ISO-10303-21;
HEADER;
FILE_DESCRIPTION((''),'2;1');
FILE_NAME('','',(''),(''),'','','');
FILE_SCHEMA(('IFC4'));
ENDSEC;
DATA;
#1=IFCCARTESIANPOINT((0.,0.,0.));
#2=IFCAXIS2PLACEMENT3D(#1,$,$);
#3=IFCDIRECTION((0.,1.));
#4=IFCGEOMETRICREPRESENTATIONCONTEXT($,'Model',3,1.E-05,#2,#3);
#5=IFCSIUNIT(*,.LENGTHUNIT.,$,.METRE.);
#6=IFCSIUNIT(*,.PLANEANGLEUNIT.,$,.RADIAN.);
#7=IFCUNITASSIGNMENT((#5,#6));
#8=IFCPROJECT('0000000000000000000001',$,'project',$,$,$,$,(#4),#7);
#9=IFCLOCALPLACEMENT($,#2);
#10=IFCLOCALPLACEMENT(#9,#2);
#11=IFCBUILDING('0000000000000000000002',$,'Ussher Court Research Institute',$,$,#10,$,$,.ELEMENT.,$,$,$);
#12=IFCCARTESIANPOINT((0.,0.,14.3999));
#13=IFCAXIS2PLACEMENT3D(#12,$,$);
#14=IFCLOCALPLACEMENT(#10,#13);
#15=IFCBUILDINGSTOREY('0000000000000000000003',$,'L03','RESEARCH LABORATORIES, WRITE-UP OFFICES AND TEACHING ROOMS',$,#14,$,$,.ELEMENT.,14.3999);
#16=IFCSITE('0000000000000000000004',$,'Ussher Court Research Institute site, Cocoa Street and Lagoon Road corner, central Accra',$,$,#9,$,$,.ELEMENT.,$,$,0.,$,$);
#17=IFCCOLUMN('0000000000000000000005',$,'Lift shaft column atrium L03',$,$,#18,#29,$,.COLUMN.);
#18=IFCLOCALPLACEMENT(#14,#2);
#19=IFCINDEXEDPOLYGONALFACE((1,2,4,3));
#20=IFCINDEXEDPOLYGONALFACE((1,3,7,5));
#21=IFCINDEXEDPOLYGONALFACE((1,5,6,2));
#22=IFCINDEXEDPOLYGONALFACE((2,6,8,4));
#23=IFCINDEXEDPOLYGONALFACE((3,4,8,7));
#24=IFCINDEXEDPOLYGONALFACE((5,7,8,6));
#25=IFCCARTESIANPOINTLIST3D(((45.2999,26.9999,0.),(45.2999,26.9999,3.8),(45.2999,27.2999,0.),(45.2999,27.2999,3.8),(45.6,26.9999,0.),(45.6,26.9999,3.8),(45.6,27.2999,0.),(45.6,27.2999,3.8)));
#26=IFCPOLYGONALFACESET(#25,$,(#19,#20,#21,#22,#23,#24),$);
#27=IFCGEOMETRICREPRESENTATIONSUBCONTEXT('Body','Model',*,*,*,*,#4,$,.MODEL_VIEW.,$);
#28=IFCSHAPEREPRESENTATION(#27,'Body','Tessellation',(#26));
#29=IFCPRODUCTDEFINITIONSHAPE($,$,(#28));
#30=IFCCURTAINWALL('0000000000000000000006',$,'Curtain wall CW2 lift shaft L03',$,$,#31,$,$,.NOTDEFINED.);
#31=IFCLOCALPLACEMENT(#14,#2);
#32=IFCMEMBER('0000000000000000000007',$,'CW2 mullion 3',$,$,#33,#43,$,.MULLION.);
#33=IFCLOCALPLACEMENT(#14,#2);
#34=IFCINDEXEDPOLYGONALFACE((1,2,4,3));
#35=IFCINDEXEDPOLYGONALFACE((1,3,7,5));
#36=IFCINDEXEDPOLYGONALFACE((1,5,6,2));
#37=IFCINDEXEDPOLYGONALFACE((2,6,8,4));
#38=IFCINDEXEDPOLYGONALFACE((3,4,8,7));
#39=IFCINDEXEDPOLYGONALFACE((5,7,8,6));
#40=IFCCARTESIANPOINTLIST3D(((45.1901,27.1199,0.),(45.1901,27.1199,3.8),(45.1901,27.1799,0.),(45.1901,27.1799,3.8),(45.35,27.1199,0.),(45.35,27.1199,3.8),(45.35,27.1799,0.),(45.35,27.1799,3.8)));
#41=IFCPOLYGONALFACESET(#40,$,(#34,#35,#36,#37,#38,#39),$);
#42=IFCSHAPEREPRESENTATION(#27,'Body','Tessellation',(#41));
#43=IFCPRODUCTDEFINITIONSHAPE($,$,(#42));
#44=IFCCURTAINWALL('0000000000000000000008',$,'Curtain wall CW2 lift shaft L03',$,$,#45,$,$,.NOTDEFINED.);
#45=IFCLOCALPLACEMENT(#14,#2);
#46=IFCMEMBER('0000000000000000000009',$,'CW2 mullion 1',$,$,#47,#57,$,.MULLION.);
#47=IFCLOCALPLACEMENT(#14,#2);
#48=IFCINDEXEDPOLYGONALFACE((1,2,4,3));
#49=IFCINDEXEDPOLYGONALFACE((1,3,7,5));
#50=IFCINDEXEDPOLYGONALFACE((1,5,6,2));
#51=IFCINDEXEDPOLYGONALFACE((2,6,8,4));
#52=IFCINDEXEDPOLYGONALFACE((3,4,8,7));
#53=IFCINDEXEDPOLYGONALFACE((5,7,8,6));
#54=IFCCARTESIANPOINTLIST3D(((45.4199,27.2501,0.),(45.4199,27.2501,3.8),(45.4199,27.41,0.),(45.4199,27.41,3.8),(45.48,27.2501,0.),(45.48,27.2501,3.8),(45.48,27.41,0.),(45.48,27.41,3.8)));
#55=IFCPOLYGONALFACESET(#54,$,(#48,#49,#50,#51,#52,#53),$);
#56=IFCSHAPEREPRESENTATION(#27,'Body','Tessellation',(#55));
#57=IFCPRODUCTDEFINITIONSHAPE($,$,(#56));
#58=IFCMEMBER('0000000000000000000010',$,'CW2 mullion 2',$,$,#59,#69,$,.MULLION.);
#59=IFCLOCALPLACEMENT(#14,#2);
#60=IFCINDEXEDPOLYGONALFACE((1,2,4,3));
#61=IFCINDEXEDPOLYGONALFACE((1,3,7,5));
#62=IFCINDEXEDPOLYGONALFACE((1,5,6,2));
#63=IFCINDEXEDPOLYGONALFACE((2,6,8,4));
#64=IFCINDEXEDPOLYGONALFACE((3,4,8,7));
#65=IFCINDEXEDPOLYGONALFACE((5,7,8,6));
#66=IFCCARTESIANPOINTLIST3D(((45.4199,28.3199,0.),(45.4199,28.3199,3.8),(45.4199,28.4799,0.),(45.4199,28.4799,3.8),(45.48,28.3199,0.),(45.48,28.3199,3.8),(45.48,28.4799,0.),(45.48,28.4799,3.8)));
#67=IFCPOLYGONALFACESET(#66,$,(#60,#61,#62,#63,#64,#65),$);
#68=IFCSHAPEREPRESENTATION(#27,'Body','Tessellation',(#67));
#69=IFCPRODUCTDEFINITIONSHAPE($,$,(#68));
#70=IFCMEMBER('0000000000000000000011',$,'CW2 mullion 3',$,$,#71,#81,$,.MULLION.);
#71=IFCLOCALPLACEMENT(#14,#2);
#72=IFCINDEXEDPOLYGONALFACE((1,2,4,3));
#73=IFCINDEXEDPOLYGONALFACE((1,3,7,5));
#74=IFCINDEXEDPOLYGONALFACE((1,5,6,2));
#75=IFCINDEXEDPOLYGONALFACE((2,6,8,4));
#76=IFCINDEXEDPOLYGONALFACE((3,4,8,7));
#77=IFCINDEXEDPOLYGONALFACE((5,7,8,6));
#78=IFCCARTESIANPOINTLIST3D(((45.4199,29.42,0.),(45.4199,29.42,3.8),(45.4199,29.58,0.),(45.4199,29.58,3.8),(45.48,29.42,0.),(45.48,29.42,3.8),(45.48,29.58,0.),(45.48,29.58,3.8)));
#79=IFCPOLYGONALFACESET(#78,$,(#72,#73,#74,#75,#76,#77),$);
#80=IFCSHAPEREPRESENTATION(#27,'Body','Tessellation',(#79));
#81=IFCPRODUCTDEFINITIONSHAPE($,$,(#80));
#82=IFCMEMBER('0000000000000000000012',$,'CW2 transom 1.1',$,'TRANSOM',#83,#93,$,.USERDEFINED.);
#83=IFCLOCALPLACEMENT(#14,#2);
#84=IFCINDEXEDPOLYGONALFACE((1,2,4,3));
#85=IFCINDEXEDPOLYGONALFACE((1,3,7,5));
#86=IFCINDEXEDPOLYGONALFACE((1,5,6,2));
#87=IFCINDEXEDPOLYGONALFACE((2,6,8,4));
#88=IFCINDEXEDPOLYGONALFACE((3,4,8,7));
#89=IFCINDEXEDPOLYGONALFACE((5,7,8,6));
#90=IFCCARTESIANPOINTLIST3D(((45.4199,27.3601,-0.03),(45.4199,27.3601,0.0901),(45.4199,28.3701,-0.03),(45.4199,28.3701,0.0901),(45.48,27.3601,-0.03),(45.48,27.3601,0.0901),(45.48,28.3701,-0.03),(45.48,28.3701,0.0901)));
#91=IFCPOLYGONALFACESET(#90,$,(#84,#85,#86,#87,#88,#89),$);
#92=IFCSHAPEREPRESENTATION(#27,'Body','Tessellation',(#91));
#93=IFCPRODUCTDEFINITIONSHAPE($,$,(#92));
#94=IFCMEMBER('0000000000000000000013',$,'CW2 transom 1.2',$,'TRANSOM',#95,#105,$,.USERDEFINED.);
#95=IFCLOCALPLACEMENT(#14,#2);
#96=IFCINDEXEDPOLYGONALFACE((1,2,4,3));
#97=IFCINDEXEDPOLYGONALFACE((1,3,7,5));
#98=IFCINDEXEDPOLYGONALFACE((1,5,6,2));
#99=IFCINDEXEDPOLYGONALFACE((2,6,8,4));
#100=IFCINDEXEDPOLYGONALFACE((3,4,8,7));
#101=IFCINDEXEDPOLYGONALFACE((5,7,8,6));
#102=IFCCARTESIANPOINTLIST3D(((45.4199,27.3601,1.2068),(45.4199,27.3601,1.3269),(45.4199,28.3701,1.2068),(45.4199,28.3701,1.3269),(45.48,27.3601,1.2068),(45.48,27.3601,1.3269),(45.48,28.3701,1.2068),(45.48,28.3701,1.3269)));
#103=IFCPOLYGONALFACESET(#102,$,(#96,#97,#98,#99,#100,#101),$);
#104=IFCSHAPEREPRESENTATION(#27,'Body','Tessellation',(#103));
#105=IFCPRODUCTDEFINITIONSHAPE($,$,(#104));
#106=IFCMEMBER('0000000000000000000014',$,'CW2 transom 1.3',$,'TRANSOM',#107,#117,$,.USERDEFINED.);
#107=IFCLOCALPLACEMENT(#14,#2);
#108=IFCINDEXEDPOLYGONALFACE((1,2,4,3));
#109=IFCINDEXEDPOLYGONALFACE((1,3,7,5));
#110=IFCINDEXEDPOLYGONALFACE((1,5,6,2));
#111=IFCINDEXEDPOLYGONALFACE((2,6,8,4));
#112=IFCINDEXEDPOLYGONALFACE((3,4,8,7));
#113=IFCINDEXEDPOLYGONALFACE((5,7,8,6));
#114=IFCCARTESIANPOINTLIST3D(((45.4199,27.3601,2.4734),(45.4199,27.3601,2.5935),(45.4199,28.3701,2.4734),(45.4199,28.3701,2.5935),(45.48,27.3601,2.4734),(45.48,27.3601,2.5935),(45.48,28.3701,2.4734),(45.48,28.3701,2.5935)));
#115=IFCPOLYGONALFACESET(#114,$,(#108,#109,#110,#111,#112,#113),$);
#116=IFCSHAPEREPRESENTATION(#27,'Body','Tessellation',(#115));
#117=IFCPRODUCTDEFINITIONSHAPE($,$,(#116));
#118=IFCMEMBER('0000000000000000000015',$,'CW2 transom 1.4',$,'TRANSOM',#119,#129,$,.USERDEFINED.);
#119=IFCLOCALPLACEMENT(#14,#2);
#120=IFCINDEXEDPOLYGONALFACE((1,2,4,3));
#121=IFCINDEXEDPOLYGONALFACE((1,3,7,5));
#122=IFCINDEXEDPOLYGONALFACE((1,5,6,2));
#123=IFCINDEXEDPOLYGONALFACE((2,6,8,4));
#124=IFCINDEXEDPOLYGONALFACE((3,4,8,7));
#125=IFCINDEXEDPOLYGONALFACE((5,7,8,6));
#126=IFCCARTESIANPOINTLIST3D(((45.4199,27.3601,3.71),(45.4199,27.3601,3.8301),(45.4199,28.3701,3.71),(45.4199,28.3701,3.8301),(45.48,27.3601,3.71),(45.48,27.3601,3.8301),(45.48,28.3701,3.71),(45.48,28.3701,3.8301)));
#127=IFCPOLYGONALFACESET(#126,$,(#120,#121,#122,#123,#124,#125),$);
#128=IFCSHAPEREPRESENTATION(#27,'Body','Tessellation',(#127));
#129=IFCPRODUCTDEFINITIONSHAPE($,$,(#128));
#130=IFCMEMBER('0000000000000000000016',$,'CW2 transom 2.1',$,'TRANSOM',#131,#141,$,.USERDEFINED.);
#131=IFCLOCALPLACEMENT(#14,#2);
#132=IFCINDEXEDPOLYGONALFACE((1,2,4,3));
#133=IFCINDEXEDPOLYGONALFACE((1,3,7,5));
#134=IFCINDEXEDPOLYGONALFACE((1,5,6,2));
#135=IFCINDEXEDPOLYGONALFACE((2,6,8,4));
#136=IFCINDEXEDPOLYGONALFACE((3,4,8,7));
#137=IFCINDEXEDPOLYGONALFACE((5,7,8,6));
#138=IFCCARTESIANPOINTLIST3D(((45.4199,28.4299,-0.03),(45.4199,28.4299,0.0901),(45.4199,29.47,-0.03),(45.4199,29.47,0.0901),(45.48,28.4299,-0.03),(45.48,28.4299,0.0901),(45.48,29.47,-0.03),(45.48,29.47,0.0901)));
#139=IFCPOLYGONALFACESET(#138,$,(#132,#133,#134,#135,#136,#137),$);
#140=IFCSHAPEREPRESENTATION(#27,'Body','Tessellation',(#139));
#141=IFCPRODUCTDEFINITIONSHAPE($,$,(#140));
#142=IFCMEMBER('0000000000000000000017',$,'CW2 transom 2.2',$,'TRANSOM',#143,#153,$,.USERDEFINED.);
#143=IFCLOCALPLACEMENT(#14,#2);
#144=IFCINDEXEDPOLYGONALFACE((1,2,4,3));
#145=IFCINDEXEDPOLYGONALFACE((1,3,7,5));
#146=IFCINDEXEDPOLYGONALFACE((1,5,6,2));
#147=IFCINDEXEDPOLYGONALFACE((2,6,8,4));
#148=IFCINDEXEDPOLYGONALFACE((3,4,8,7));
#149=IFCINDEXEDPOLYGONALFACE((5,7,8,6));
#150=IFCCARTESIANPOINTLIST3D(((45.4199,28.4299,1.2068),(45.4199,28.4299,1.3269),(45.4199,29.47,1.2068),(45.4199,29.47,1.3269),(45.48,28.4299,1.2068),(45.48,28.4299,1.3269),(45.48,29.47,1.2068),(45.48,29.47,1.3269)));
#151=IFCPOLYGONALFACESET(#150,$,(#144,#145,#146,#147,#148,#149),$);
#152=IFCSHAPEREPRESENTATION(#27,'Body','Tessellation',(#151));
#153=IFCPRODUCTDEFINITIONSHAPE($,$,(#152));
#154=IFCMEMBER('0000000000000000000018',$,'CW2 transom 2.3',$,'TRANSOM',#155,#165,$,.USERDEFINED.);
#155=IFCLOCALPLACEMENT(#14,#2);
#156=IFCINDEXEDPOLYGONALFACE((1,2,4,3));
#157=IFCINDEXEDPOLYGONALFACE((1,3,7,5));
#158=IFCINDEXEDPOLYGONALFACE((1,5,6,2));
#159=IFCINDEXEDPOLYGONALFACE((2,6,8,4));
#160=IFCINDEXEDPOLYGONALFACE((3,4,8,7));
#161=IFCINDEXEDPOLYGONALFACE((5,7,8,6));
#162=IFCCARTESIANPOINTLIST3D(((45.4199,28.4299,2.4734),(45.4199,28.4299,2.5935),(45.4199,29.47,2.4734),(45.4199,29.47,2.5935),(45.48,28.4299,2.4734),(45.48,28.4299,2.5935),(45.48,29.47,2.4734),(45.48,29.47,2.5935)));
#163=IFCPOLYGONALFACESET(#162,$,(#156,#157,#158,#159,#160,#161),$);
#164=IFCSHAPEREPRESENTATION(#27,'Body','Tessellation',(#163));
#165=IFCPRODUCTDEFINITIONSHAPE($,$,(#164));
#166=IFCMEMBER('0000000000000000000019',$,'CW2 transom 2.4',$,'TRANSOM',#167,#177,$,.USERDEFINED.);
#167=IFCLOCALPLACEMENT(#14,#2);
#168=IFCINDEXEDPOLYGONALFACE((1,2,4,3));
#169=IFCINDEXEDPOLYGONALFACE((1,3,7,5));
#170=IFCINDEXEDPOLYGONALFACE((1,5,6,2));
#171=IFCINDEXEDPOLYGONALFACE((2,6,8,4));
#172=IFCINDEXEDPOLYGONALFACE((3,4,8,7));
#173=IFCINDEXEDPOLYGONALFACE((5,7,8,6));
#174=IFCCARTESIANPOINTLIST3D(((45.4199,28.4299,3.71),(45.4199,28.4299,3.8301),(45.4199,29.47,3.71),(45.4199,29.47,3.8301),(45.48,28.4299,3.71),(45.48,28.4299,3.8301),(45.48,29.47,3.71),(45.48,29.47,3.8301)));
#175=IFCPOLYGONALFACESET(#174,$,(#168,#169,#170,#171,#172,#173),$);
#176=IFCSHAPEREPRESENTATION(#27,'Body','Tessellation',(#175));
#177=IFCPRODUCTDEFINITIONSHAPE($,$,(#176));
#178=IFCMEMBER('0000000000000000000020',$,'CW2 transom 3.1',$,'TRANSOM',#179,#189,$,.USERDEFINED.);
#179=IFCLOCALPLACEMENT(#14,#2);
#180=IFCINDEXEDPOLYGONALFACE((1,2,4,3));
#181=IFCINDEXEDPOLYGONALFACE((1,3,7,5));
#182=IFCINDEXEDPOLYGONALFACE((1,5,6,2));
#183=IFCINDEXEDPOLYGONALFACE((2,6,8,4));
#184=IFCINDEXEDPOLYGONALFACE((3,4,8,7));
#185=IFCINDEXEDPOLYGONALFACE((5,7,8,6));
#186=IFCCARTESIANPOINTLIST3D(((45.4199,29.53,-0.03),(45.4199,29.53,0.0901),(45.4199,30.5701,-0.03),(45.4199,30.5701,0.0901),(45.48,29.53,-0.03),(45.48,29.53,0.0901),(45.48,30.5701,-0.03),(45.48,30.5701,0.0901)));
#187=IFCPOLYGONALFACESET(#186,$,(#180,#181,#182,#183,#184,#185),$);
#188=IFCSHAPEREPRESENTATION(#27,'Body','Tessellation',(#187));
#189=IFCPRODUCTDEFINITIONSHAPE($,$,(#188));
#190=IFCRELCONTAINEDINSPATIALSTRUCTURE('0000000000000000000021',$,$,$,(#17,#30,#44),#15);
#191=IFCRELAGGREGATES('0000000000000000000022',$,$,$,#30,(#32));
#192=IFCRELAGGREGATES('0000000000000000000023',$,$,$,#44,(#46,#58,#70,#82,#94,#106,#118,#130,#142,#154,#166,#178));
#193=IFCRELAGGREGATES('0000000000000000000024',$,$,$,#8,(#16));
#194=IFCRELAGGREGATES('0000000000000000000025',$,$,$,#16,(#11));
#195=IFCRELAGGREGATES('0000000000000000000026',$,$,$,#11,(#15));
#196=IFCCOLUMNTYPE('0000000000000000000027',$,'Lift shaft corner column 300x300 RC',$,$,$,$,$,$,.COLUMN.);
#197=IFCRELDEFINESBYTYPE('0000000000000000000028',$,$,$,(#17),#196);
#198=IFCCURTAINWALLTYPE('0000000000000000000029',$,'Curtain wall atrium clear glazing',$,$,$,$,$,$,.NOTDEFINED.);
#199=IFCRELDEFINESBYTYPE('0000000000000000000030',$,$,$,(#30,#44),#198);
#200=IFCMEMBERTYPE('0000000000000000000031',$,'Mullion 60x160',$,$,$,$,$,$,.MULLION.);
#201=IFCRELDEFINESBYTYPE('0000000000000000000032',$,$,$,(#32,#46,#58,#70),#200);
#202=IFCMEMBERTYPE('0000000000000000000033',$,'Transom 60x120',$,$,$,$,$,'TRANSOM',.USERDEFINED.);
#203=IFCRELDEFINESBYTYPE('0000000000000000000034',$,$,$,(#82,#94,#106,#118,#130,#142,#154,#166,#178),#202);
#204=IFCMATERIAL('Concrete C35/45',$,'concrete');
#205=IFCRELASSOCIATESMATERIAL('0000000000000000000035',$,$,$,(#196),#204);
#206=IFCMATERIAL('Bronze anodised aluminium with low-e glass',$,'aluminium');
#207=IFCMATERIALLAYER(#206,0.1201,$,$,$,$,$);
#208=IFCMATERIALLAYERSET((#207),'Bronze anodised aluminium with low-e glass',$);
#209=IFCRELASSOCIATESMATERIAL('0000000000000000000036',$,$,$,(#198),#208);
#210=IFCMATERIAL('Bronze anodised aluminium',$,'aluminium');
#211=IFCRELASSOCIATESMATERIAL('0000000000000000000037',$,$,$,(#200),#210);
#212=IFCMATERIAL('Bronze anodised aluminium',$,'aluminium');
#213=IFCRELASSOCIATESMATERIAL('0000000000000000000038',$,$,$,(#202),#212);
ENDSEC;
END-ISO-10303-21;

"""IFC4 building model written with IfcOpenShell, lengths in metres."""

from ifc_helpers import new_model, si_unit, direction, frame, origin, origin_2d, place, context, subcontext, project, spatial, rectangle, extrude, material, layer, layer_set, material_profile, profile_set, type_object, element, aggregate, save


model = new_model("IFC4")

# Units and contexts
model_context = context("Model", 3, precision=1e-05, world=origin(), true_north=direction((0.0, 1.0)))
body_context = subcontext(model_context, "Body", "Model", "MODEL_VIEW")
ifc_project = project(units=[si_unit("LENGTHUNIT", "METRE"), si_unit("PLANEANGLEUNIT", "RADIAN")], contexts=[model_context])

# Site, building, storey
site_placement = place(None, origin())
site = spatial("IfcSite", under=ifc_project, at=site_placement, Name="Ussher Court Research Institute site, Cocoa Street and Lagoon Road corner, central Accra", CompositionType="ELEMENT", RefElevation=0.0)
building_placement = place(site_placement, origin())
building = spatial("IfcBuilding", under=site, at=building_placement, Name="Ussher Court Research Institute", CompositionType="ELEMENT")
storey_placement = place(building_placement, frame((0.0, 0.0, 14.3999)))
storey = spatial("IfcBuildingStorey", under=building, at=storey_placement, Name="L03", Description="RESEARCH LABORATORIES, WRITE-UP OFFICES AND TEACHING ROOMS", CompositionType="ELEMENT", Elevation=14.3999)

# Column
ifc_material_1 = material(Name="Concrete C35/45", Category="concrete")
ifc_material_profile_1 = material_profile(ifc_material_1, rectangle(XDim=0.3, YDim=0.3, at=origin_2d()), Name="RC 300x300")
ifc_profile_set_1 = profile_set([ifc_material_profile_1], Name="Concrete C35/45")
column_type = type_object("IfcColumnType", Name="Lift shaft corner column 300x300 RC", PredefinedType="COLUMN", material=ifc_profile_set_1)
column_placement = place(storey_placement, frame((45.45, 27.1499, 0.0), z_axis=(0.0, 0.0, 1.0), x_axis=(1.0, 0.0, 0.0)))
element("IfcColumn", 1, at=column_placement, inside=storey, type_object=column_type, Name="Lift shaft column atrium L03", PredefinedType="COLUMN", context=body_context, shape_type="SweptSolid", body=[
    extrude(rectangle(XDim=0.3, YDim=0.3, at=origin_2d()), origin(), (0.0, 0.0, 1.0), 3.8),
])

# Curtain wall, member
ifc_material_2 = material(Name="Bronze anodised aluminium with low-e glass", Category="aluminium")
ifc_layer_1 = layer(ifc_material_2, 0.1201)
ifc_layer_set_1 = layer_set([ifc_layer_1], Name="Bronze anodised aluminium with low-e glass")
curtain_wall_type = type_object("IfcCurtainWallType", Name="Curtain wall atrium clear glazing", PredefinedType="NOTDEFINED", material=ifc_layer_set_1)
curtain_wall_1_placement = place(storey_placement, origin())
curtain_wall_1 = element("IfcCurtainWall", 2, at=curtain_wall_1_placement, inside=storey, type_object=curtain_wall_type, Name="Curtain wall CW2 lift shaft L03", PredefinedType="NOTDEFINED")
ifc_material_3 = material(Name="Bronze anodised aluminium", Category="aluminium")
ifc_material_profile_2 = material_profile(ifc_material_3, rectangle(XDim=0.0601, YDim=0.1599, at=origin_2d()), Name="Mullion 60x160")
ifc_profile_set_2 = profile_set([ifc_material_profile_2], Name="Bronze anodised aluminium")
member_type_1 = type_object("IfcMemberType", Name="Mullion 60x160", PredefinedType="MULLION", material=ifc_profile_set_2)
member_1_placement = place(storey_placement, frame((45.27, 27.1499, 0.0), z_axis=(0.0, 0.0, 1.0), x_axis=(0.0, 1.0, 0.0)))
member_1 = element("IfcMember", 3, at=member_1_placement, type_object=member_type_1, Name="CW2 mullion 3", PredefinedType="MULLION", context=body_context, shape_type="SweptSolid", body=[
    extrude(rectangle(XDim=0.0601, YDim=0.1599, at=origin_2d()), origin(), (0.0, 0.0, 1.0), 3.8),
])

# Curtain wall, members
curtain_wall_2_placement = place(storey_placement, origin())
curtain_wall_2 = element("IfcCurtainWall", 4, at=curtain_wall_2_placement, inside=storey, type_object=curtain_wall_type, Name="Curtain wall CW2 lift shaft L03", PredefinedType="NOTDEFINED")
member_2_placement = place(storey_placement, frame((45.45, 27.3301, 0.0), z_axis=(0.0, 0.0, 1.0), x_axis=(-1.0, 0.0, 0.0)))
member_2 = element("IfcMember", 5, at=member_2_placement, type_object=member_type_1, Name="CW2 mullion 1", PredefinedType="MULLION", context=body_context, shape_type="SweptSolid", body=[
    extrude(rectangle(XDim=0.0601, YDim=0.1599, at=origin_2d()), origin(), (0.0, 0.0, 1.0), 3.8),
])
member_3_placement = place(storey_placement, frame((45.45, 28.3999, 0.0), z_axis=(0.0, 0.0, 1.0), x_axis=(-1.0, 0.0, 0.0)))
member_3 = element("IfcMember", 6, at=member_3_placement, type_object=member_type_1, Name="CW2 mullion 2", PredefinedType="MULLION", context=body_context, shape_type="SweptSolid", body=[
    extrude(rectangle(XDim=0.0601, YDim=0.1599, at=origin_2d()), origin(), (0.0, 0.0, 1.0), 3.8),
])
member_4_placement = place(storey_placement, frame((45.45, 29.5, 0.0), z_axis=(0.0, 0.0, 1.0), x_axis=(-1.0, 0.0, 0.0)))
member_4 = element("IfcMember", 7, at=member_4_placement, type_object=member_type_1, Name="CW2 mullion 3", PredefinedType="MULLION", context=body_context, shape_type="SweptSolid", body=[
    extrude(rectangle(XDim=0.0601, YDim=0.1599, at=origin_2d()), origin(), (0.0, 0.0, 1.0), 3.8),
])
ifc_material_4 = material(Name="Bronze anodised aluminium", Category="aluminium")
ifc_material_profile_3 = material_profile(ifc_material_4, rectangle(XDim=0.0601, YDim=0.1201, at=origin_2d()), Name="Transom 60x120")
ifc_profile_set_3 = profile_set([ifc_material_profile_3], Name="Bronze anodised aluminium")
member_type_2 = type_object("IfcMemberType", Name="Transom 60x120", ElementType="TRANSOM", PredefinedType="USERDEFINED", material=ifc_profile_set_3)
member_5_placement = place(storey_placement, frame((45.45, 27.3601, 0.03), z_axis=(0.0, 1.0, 0.0), x_axis=(-1.0, 0.0, 0.0)))
member_5 = element("IfcMember", 8, at=member_5_placement, type_object=member_type_2, Name="CW2 transom 1.1", ObjectType="TRANSOM", PredefinedType="USERDEFINED", context=body_context, shape_type="SweptSolid", body=[
    extrude(rectangle(XDim=0.0601, YDim=0.1201, at=origin_2d()), origin(), (0.0, 0.0, 1.0), 1.01),
])
member_6_placement = place(storey_placement, frame((45.45, 27.3601, 1.2668), z_axis=(0.0, 1.0, 0.0), x_axis=(-1.0, 0.0, 0.0)))
member_6 = element("IfcMember", 9, at=member_6_placement, type_object=member_type_2, Name="CW2 transom 1.2", ObjectType="TRANSOM", PredefinedType="USERDEFINED", context=body_context, shape_type="SweptSolid", body=[
    extrude(rectangle(XDim=0.0601, YDim=0.1201, at=origin_2d()), origin(), (0.0, 0.0, 1.0), 1.01),
])
member_7_placement = place(storey_placement, frame((45.45, 27.3601, 2.5334), z_axis=(0.0, 1.0, 0.0), x_axis=(-1.0, 0.0, 0.0)))
member_7 = element("IfcMember", 10, at=member_7_placement, type_object=member_type_2, Name="CW2 transom 1.3", ObjectType="TRANSOM", PredefinedType="USERDEFINED", context=body_context, shape_type="SweptSolid", body=[
    extrude(rectangle(XDim=0.0601, YDim=0.1201, at=origin_2d()), origin(), (0.0, 0.0, 1.0), 1.01),
])
member_8_placement = place(storey_placement, frame((45.45, 27.3601, 3.77), z_axis=(0.0, 1.0, 0.0), x_axis=(-1.0, 0.0, 0.0)))
member_8 = element("IfcMember", 11, at=member_8_placement, type_object=member_type_2, Name="CW2 transom 1.4", ObjectType="TRANSOM", PredefinedType="USERDEFINED", context=body_context, shape_type="SweptSolid", body=[
    extrude(rectangle(XDim=0.0601, YDim=0.1201, at=origin_2d()), origin(), (0.0, 0.0, 1.0), 1.01),
])
member_9_placement = place(storey_placement, frame((45.45, 28.4299, 0.03), z_axis=(0.0, 1.0, 0.0), x_axis=(-1.0, 0.0, 0.0)))
member_9 = element("IfcMember", 12, at=member_9_placement, type_object=member_type_2, Name="CW2 transom 2.1", ObjectType="TRANSOM", PredefinedType="USERDEFINED", context=body_context, shape_type="SweptSolid", body=[
    extrude(rectangle(XDim=0.0601, YDim=0.1201, at=origin_2d()), origin(), (0.0, 0.0, 1.0), 1.04),
])
member_10_placement = place(storey_placement, frame((45.45, 28.4299, 1.2668), z_axis=(0.0, 1.0, 0.0), x_axis=(-1.0, 0.0, 0.0)))
member_10 = element("IfcMember", 13, at=member_10_placement, type_object=member_type_2, Name="CW2 transom 2.2", ObjectType="TRANSOM", PredefinedType="USERDEFINED", context=body_context, shape_type="SweptSolid", body=[
    extrude(rectangle(XDim=0.0601, YDim=0.1201, at=origin_2d()), origin(), (0.0, 0.0, 1.0), 1.04),
])
member_11_placement = place(storey_placement, frame((45.45, 28.4299, 2.5334), z_axis=(0.0, 1.0, 0.0), x_axis=(-1.0, 0.0, 0.0)))
member_11 = element("IfcMember", 14, at=member_11_placement, type_object=member_type_2, Name="CW2 transom 2.3", ObjectType="TRANSOM", PredefinedType="USERDEFINED", context=body_context, shape_type="SweptSolid", body=[
    extrude(rectangle(XDim=0.0601, YDim=0.1201, at=origin_2d()), origin(), (0.0, 0.0, 1.0), 1.04),
])
member_12_placement = place(storey_placement, frame((45.45, 28.4299, 3.77), z_axis=(0.0, 1.0, 0.0), x_axis=(-1.0, 0.0, 0.0)))
member_12 = element("IfcMember", 15, at=member_12_placement, type_object=member_type_2, Name="CW2 transom 2.4", ObjectType="TRANSOM", PredefinedType="USERDEFINED", context=body_context, shape_type="SweptSolid", body=[
    extrude(rectangle(XDim=0.0601, YDim=0.1201, at=origin_2d()), origin(), (0.0, 0.0, 1.0), 1.04),
])
member_13_placement = place(storey_placement, frame((45.45, 29.53, 0.03), z_axis=(0.0, 1.0, 0.0), x_axis=(-1.0, 0.0, 0.0)))
member_13 = element("IfcMember", 16, at=member_13_placement, type_object=member_type_2, Name="CW2 transom 3.1", ObjectType="TRANSOM", PredefinedType="USERDEFINED", context=body_context, shape_type="SweptSolid", body=[
    extrude(rectangle(XDim=0.0601, YDim=0.1201, at=origin_2d()), origin(), (0.0, 0.0, 1.0), 1.04),
])

aggregate(curtain_wall_1, [member_1])
aggregate(curtain_wall_2, [member_2, member_3, member_4, member_5, member_6, member_7, member_8, member_9, member_10, member_11, member_12, member_13])

save(model, "model.ifc")
